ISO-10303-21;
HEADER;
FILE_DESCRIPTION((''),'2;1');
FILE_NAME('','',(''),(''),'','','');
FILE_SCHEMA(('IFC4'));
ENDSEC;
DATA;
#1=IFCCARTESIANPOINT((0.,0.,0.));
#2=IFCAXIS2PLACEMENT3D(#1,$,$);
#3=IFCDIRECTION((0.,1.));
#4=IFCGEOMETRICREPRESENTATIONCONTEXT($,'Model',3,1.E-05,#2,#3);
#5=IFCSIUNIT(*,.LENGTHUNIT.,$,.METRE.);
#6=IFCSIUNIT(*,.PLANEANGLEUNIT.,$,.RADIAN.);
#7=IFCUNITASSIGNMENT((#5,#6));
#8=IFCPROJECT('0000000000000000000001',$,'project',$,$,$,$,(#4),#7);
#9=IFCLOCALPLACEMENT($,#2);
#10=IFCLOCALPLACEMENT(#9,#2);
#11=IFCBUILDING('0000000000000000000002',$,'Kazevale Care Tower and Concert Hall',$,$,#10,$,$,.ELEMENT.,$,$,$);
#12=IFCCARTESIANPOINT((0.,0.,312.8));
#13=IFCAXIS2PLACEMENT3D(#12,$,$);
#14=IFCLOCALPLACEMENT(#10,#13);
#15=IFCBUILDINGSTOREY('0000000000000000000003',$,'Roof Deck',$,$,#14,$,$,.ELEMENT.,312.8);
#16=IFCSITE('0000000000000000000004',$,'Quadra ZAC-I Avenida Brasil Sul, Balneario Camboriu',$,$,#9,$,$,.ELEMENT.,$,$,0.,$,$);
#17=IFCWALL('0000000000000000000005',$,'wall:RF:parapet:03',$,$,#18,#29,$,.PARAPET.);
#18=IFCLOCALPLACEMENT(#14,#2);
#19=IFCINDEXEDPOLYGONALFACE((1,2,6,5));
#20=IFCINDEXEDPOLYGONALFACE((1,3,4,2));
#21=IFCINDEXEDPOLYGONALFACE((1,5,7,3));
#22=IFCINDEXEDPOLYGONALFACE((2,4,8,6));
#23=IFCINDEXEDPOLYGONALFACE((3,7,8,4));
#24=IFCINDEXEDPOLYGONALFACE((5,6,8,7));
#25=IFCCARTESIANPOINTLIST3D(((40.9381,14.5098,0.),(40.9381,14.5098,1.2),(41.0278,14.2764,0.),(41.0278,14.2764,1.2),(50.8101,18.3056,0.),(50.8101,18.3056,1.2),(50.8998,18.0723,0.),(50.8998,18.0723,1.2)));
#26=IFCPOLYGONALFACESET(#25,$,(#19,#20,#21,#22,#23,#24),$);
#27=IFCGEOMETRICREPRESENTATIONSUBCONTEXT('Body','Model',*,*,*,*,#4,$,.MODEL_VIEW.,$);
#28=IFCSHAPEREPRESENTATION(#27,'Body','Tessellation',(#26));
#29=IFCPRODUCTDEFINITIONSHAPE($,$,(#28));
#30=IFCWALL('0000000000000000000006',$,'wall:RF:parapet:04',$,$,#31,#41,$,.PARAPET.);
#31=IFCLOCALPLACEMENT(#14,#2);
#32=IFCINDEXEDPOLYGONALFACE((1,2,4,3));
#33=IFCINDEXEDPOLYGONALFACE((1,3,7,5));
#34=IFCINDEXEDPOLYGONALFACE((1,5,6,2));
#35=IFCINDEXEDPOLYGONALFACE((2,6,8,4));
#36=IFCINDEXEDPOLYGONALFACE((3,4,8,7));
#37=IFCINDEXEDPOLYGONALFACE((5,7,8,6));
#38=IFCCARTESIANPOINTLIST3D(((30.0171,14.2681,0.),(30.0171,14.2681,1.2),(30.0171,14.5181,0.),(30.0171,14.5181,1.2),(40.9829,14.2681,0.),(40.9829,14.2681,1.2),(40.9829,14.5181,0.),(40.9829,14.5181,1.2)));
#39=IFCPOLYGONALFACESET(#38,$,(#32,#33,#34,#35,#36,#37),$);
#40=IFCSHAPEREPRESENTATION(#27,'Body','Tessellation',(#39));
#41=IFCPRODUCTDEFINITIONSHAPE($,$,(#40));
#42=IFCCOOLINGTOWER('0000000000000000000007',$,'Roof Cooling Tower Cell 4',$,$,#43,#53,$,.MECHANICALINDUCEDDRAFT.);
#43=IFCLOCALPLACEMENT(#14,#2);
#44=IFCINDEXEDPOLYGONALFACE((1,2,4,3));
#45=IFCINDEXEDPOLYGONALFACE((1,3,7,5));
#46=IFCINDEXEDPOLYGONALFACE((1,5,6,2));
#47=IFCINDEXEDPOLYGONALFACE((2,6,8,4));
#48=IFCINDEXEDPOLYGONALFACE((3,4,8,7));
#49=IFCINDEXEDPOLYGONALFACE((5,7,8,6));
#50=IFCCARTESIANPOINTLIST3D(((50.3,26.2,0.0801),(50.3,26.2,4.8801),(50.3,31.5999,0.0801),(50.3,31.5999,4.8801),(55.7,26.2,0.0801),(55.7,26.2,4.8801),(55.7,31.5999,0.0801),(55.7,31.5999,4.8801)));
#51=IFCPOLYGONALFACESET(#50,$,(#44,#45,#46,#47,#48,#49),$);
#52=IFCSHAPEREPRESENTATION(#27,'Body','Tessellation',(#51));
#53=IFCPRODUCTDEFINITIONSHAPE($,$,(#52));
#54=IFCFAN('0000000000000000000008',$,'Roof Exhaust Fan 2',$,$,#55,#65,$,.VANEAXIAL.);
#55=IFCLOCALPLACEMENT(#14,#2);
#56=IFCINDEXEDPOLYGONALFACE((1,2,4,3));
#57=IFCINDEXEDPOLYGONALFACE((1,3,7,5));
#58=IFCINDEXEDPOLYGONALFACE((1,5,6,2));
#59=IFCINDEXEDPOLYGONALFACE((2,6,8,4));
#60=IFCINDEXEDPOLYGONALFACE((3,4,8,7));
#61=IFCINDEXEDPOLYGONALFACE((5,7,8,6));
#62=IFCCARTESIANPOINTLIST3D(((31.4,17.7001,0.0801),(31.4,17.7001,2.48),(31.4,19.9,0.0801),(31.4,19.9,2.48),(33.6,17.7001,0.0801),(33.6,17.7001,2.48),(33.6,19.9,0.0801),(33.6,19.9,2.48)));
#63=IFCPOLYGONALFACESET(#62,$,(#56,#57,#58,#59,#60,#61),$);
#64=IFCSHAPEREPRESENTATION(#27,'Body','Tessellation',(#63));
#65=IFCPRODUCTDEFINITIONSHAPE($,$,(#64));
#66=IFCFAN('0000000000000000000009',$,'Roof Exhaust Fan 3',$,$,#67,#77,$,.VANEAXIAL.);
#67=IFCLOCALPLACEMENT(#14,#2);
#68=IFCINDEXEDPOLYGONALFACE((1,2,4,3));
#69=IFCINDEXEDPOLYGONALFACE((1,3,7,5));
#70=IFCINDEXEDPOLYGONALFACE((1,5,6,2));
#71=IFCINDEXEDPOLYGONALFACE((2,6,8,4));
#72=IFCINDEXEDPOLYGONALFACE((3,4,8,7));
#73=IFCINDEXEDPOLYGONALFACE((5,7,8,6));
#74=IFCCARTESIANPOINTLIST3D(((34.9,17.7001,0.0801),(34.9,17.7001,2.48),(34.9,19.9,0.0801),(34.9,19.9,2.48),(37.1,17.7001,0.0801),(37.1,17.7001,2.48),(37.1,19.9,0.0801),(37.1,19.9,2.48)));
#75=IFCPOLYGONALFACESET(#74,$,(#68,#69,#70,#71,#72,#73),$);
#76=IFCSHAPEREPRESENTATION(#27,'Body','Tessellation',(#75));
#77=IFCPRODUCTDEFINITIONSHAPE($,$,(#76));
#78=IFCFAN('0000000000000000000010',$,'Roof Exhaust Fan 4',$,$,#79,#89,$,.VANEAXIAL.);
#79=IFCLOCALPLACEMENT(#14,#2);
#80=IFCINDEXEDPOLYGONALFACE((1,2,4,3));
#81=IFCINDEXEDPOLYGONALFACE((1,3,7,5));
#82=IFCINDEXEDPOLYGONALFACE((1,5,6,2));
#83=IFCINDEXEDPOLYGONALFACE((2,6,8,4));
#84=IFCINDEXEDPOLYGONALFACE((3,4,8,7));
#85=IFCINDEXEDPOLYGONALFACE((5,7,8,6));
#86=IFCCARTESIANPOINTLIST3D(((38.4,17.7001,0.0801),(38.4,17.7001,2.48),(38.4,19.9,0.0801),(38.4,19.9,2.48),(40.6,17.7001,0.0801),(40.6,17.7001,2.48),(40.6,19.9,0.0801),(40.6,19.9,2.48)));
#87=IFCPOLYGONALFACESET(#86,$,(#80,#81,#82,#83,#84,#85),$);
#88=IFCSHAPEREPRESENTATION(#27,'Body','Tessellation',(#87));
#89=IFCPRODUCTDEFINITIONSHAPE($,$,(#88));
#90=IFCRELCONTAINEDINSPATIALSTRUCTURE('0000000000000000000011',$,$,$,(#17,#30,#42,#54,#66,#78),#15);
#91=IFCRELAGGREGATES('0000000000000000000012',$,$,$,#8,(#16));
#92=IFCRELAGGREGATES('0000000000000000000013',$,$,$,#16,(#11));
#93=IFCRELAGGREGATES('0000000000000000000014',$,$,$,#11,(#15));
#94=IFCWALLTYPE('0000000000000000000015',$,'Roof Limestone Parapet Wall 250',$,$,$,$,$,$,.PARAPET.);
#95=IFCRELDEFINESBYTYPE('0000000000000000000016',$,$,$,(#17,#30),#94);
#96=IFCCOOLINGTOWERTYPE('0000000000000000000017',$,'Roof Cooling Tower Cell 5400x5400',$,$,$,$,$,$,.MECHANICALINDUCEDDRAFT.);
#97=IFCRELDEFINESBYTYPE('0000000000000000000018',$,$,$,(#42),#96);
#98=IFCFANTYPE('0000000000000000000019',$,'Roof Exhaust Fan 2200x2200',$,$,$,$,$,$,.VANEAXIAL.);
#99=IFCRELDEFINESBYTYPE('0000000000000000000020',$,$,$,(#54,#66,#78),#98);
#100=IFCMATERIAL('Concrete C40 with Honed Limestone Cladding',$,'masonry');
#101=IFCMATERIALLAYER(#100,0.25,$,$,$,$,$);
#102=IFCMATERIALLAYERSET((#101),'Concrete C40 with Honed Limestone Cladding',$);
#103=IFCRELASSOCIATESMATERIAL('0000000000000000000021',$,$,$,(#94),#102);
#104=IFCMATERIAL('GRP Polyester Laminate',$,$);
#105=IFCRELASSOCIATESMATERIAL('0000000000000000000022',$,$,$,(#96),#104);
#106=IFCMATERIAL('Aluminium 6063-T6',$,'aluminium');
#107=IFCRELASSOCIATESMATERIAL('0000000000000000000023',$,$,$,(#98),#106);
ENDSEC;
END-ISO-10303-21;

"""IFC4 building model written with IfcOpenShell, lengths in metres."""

from ifc_helpers import new_model, si_unit, direction, frame, frame_2d, origin, origin_2d, place, context, subcontext, project, spatial, rectangle, extrude, material, layer, layer_set, type_object, element, save


model = new_model("IFC4")

# Units and contexts
model_context = context("Model", 3, precision=1e-05, world=origin(), true_north=direction((0.0, 1.0)))
body_context = subcontext(model_context, "Body", "Model", "MODEL_VIEW")
ifc_project = project(units=[si_unit("LENGTHUNIT", "METRE"), si_unit("PLANEANGLEUNIT", "RADIAN")], contexts=[model_context])

# Site, building, storey
site_placement = place(None, origin())
site = spatial("IfcSite", under=ifc_project, at=site_placement, Name="Quadra ZAC-I Avenida Brasil Sul, Balneario Camboriu", CompositionType="ELEMENT", RefElevation=0.0)
building_placement = place(site_placement, origin())
building = spatial("IfcBuilding", under=site, at=building_placement, Name="Kazevale Care Tower and Concert Hall", CompositionType="ELEMENT")
storey_placement = place(building_placement, frame((0.0, 0.0, 312.8)))
storey = spatial("IfcBuildingStorey", under=building, at=storey_placement, Name="Roof Deck", CompositionType="ELEMENT", Elevation=312.8)

# Walls
ifc_material_1 = material(Name="Concrete C40 with Honed Limestone Cladding", Category="masonry")
ifc_layer_1 = layer(ifc_material_1, 0.25)
ifc_layer_set_1 = layer_set([ifc_layer_1], Name="Concrete C40 with Honed Limestone Cladding")
wall_type = type_object("IfcWallType", Name="Roof Limestone Parapet Wall 250", PredefinedType="PARAPET", material=ifc_layer_set_1)
wall_1_placement = place(storey_placement, frame((50.855, 18.189, 0.0), z_axis=(0.0, 0.0, 1.0), x_axis=(-0.933379, -0.358892, 0.0)))
element("IfcWall", 1, at=wall_1_placement, inside=storey, type_object=wall_type, Name="wall:RF:parapet:03", PredefinedType="PARAPET", context=body_context, shape_type="SweptSolid", body=[
    extrude(rectangle(XDim=10.5767, YDim=0.25, at=frame_2d((5.2883, 0.0))), origin(), (0.0, 0.0, 1.0), 1.2),
])
wall_2_placement = place(storey_placement, frame((40.9829, 14.3931, 0.0), z_axis=(0.0, 0.0, 1.0), x_axis=(-1.0, 0.0, 0.0)))
element("IfcWall", 2, at=wall_2_placement, inside=storey, type_object=wall_type, Name="wall:RF:parapet:04", PredefinedType="PARAPET", context=body_context, shape_type="SweptSolid", body=[
    extrude(rectangle(XDim=10.9658, YDim=0.25, at=frame_2d((5.4829, 0.0))), origin(), (0.0, 0.0, 1.0), 1.2),
])

# Cooling tower
ifc_material_2 = material(Name="GRP Polyester Laminate")
cooling_tower_type = type_object("IfcCoolingTowerType", Name="Roof Cooling Tower Cell 5400x5400", PredefinedType="MECHANICALINDUCEDDRAFT", material=ifc_material_2)
cooling_tower_placement = place(storey_placement, frame((53.0, 28.8999, 0.0801), z_axis=(0.0, 0.0, 1.0), x_axis=(1.0, 0.0, 0.0)))
element("IfcCoolingTower", 3, at=cooling_tower_placement, inside=storey, type_object=cooling_tower_type, Name="Roof Cooling Tower Cell 4", PredefinedType="MECHANICALINDUCEDDRAFT", context=body_context, shape_type="SweptSolid", body=[
    extrude(rectangle(XDim=5.3999, YDim=5.3999, at=origin_2d()), origin(), (0.0, 0.0, 1.0), 4.8),
])

# Fans
ifc_material_3 = material(Name="Aluminium 6063-T6", Category="aluminium")
fan_type = type_object("IfcFanType", Name="Roof Exhaust Fan 2200x2200", PredefinedType="VANEAXIAL", material=ifc_material_3)
for number, where, z_axis, x_axis, name in (
    (4, (32.5, 18.8, 0.0801), (0.0, 0.0, 1.0), (1.0, 0.0, 0.0), "Roof Exhaust Fan 2"),
    (5, (36.0, 18.8, 0.0801), (0.0, 0.0, 1.0), (1.0, 0.0, 0.0), "Roof Exhaust Fan 3"),
    (6, (39.5, 18.8, 0.0801), (0.0, 0.0, 1.0), (1.0, 0.0, 0.0), "Roof Exhaust Fan 4"),
):
    element("IfcFan", number, at=place(storey_placement, frame(where, z_axis=z_axis, x_axis=x_axis)), inside=storey, type_object=fan_type, Name=name, PredefinedType="VANEAXIAL", context=body_context, shape_type="SweptSolid", body=[
        extrude(rectangle(XDim=2.2, YDim=2.2, at=origin_2d()), origin(), (0.0, 0.0, 1.0), 2.3999),
    ])

save(model, "model.ifc")
